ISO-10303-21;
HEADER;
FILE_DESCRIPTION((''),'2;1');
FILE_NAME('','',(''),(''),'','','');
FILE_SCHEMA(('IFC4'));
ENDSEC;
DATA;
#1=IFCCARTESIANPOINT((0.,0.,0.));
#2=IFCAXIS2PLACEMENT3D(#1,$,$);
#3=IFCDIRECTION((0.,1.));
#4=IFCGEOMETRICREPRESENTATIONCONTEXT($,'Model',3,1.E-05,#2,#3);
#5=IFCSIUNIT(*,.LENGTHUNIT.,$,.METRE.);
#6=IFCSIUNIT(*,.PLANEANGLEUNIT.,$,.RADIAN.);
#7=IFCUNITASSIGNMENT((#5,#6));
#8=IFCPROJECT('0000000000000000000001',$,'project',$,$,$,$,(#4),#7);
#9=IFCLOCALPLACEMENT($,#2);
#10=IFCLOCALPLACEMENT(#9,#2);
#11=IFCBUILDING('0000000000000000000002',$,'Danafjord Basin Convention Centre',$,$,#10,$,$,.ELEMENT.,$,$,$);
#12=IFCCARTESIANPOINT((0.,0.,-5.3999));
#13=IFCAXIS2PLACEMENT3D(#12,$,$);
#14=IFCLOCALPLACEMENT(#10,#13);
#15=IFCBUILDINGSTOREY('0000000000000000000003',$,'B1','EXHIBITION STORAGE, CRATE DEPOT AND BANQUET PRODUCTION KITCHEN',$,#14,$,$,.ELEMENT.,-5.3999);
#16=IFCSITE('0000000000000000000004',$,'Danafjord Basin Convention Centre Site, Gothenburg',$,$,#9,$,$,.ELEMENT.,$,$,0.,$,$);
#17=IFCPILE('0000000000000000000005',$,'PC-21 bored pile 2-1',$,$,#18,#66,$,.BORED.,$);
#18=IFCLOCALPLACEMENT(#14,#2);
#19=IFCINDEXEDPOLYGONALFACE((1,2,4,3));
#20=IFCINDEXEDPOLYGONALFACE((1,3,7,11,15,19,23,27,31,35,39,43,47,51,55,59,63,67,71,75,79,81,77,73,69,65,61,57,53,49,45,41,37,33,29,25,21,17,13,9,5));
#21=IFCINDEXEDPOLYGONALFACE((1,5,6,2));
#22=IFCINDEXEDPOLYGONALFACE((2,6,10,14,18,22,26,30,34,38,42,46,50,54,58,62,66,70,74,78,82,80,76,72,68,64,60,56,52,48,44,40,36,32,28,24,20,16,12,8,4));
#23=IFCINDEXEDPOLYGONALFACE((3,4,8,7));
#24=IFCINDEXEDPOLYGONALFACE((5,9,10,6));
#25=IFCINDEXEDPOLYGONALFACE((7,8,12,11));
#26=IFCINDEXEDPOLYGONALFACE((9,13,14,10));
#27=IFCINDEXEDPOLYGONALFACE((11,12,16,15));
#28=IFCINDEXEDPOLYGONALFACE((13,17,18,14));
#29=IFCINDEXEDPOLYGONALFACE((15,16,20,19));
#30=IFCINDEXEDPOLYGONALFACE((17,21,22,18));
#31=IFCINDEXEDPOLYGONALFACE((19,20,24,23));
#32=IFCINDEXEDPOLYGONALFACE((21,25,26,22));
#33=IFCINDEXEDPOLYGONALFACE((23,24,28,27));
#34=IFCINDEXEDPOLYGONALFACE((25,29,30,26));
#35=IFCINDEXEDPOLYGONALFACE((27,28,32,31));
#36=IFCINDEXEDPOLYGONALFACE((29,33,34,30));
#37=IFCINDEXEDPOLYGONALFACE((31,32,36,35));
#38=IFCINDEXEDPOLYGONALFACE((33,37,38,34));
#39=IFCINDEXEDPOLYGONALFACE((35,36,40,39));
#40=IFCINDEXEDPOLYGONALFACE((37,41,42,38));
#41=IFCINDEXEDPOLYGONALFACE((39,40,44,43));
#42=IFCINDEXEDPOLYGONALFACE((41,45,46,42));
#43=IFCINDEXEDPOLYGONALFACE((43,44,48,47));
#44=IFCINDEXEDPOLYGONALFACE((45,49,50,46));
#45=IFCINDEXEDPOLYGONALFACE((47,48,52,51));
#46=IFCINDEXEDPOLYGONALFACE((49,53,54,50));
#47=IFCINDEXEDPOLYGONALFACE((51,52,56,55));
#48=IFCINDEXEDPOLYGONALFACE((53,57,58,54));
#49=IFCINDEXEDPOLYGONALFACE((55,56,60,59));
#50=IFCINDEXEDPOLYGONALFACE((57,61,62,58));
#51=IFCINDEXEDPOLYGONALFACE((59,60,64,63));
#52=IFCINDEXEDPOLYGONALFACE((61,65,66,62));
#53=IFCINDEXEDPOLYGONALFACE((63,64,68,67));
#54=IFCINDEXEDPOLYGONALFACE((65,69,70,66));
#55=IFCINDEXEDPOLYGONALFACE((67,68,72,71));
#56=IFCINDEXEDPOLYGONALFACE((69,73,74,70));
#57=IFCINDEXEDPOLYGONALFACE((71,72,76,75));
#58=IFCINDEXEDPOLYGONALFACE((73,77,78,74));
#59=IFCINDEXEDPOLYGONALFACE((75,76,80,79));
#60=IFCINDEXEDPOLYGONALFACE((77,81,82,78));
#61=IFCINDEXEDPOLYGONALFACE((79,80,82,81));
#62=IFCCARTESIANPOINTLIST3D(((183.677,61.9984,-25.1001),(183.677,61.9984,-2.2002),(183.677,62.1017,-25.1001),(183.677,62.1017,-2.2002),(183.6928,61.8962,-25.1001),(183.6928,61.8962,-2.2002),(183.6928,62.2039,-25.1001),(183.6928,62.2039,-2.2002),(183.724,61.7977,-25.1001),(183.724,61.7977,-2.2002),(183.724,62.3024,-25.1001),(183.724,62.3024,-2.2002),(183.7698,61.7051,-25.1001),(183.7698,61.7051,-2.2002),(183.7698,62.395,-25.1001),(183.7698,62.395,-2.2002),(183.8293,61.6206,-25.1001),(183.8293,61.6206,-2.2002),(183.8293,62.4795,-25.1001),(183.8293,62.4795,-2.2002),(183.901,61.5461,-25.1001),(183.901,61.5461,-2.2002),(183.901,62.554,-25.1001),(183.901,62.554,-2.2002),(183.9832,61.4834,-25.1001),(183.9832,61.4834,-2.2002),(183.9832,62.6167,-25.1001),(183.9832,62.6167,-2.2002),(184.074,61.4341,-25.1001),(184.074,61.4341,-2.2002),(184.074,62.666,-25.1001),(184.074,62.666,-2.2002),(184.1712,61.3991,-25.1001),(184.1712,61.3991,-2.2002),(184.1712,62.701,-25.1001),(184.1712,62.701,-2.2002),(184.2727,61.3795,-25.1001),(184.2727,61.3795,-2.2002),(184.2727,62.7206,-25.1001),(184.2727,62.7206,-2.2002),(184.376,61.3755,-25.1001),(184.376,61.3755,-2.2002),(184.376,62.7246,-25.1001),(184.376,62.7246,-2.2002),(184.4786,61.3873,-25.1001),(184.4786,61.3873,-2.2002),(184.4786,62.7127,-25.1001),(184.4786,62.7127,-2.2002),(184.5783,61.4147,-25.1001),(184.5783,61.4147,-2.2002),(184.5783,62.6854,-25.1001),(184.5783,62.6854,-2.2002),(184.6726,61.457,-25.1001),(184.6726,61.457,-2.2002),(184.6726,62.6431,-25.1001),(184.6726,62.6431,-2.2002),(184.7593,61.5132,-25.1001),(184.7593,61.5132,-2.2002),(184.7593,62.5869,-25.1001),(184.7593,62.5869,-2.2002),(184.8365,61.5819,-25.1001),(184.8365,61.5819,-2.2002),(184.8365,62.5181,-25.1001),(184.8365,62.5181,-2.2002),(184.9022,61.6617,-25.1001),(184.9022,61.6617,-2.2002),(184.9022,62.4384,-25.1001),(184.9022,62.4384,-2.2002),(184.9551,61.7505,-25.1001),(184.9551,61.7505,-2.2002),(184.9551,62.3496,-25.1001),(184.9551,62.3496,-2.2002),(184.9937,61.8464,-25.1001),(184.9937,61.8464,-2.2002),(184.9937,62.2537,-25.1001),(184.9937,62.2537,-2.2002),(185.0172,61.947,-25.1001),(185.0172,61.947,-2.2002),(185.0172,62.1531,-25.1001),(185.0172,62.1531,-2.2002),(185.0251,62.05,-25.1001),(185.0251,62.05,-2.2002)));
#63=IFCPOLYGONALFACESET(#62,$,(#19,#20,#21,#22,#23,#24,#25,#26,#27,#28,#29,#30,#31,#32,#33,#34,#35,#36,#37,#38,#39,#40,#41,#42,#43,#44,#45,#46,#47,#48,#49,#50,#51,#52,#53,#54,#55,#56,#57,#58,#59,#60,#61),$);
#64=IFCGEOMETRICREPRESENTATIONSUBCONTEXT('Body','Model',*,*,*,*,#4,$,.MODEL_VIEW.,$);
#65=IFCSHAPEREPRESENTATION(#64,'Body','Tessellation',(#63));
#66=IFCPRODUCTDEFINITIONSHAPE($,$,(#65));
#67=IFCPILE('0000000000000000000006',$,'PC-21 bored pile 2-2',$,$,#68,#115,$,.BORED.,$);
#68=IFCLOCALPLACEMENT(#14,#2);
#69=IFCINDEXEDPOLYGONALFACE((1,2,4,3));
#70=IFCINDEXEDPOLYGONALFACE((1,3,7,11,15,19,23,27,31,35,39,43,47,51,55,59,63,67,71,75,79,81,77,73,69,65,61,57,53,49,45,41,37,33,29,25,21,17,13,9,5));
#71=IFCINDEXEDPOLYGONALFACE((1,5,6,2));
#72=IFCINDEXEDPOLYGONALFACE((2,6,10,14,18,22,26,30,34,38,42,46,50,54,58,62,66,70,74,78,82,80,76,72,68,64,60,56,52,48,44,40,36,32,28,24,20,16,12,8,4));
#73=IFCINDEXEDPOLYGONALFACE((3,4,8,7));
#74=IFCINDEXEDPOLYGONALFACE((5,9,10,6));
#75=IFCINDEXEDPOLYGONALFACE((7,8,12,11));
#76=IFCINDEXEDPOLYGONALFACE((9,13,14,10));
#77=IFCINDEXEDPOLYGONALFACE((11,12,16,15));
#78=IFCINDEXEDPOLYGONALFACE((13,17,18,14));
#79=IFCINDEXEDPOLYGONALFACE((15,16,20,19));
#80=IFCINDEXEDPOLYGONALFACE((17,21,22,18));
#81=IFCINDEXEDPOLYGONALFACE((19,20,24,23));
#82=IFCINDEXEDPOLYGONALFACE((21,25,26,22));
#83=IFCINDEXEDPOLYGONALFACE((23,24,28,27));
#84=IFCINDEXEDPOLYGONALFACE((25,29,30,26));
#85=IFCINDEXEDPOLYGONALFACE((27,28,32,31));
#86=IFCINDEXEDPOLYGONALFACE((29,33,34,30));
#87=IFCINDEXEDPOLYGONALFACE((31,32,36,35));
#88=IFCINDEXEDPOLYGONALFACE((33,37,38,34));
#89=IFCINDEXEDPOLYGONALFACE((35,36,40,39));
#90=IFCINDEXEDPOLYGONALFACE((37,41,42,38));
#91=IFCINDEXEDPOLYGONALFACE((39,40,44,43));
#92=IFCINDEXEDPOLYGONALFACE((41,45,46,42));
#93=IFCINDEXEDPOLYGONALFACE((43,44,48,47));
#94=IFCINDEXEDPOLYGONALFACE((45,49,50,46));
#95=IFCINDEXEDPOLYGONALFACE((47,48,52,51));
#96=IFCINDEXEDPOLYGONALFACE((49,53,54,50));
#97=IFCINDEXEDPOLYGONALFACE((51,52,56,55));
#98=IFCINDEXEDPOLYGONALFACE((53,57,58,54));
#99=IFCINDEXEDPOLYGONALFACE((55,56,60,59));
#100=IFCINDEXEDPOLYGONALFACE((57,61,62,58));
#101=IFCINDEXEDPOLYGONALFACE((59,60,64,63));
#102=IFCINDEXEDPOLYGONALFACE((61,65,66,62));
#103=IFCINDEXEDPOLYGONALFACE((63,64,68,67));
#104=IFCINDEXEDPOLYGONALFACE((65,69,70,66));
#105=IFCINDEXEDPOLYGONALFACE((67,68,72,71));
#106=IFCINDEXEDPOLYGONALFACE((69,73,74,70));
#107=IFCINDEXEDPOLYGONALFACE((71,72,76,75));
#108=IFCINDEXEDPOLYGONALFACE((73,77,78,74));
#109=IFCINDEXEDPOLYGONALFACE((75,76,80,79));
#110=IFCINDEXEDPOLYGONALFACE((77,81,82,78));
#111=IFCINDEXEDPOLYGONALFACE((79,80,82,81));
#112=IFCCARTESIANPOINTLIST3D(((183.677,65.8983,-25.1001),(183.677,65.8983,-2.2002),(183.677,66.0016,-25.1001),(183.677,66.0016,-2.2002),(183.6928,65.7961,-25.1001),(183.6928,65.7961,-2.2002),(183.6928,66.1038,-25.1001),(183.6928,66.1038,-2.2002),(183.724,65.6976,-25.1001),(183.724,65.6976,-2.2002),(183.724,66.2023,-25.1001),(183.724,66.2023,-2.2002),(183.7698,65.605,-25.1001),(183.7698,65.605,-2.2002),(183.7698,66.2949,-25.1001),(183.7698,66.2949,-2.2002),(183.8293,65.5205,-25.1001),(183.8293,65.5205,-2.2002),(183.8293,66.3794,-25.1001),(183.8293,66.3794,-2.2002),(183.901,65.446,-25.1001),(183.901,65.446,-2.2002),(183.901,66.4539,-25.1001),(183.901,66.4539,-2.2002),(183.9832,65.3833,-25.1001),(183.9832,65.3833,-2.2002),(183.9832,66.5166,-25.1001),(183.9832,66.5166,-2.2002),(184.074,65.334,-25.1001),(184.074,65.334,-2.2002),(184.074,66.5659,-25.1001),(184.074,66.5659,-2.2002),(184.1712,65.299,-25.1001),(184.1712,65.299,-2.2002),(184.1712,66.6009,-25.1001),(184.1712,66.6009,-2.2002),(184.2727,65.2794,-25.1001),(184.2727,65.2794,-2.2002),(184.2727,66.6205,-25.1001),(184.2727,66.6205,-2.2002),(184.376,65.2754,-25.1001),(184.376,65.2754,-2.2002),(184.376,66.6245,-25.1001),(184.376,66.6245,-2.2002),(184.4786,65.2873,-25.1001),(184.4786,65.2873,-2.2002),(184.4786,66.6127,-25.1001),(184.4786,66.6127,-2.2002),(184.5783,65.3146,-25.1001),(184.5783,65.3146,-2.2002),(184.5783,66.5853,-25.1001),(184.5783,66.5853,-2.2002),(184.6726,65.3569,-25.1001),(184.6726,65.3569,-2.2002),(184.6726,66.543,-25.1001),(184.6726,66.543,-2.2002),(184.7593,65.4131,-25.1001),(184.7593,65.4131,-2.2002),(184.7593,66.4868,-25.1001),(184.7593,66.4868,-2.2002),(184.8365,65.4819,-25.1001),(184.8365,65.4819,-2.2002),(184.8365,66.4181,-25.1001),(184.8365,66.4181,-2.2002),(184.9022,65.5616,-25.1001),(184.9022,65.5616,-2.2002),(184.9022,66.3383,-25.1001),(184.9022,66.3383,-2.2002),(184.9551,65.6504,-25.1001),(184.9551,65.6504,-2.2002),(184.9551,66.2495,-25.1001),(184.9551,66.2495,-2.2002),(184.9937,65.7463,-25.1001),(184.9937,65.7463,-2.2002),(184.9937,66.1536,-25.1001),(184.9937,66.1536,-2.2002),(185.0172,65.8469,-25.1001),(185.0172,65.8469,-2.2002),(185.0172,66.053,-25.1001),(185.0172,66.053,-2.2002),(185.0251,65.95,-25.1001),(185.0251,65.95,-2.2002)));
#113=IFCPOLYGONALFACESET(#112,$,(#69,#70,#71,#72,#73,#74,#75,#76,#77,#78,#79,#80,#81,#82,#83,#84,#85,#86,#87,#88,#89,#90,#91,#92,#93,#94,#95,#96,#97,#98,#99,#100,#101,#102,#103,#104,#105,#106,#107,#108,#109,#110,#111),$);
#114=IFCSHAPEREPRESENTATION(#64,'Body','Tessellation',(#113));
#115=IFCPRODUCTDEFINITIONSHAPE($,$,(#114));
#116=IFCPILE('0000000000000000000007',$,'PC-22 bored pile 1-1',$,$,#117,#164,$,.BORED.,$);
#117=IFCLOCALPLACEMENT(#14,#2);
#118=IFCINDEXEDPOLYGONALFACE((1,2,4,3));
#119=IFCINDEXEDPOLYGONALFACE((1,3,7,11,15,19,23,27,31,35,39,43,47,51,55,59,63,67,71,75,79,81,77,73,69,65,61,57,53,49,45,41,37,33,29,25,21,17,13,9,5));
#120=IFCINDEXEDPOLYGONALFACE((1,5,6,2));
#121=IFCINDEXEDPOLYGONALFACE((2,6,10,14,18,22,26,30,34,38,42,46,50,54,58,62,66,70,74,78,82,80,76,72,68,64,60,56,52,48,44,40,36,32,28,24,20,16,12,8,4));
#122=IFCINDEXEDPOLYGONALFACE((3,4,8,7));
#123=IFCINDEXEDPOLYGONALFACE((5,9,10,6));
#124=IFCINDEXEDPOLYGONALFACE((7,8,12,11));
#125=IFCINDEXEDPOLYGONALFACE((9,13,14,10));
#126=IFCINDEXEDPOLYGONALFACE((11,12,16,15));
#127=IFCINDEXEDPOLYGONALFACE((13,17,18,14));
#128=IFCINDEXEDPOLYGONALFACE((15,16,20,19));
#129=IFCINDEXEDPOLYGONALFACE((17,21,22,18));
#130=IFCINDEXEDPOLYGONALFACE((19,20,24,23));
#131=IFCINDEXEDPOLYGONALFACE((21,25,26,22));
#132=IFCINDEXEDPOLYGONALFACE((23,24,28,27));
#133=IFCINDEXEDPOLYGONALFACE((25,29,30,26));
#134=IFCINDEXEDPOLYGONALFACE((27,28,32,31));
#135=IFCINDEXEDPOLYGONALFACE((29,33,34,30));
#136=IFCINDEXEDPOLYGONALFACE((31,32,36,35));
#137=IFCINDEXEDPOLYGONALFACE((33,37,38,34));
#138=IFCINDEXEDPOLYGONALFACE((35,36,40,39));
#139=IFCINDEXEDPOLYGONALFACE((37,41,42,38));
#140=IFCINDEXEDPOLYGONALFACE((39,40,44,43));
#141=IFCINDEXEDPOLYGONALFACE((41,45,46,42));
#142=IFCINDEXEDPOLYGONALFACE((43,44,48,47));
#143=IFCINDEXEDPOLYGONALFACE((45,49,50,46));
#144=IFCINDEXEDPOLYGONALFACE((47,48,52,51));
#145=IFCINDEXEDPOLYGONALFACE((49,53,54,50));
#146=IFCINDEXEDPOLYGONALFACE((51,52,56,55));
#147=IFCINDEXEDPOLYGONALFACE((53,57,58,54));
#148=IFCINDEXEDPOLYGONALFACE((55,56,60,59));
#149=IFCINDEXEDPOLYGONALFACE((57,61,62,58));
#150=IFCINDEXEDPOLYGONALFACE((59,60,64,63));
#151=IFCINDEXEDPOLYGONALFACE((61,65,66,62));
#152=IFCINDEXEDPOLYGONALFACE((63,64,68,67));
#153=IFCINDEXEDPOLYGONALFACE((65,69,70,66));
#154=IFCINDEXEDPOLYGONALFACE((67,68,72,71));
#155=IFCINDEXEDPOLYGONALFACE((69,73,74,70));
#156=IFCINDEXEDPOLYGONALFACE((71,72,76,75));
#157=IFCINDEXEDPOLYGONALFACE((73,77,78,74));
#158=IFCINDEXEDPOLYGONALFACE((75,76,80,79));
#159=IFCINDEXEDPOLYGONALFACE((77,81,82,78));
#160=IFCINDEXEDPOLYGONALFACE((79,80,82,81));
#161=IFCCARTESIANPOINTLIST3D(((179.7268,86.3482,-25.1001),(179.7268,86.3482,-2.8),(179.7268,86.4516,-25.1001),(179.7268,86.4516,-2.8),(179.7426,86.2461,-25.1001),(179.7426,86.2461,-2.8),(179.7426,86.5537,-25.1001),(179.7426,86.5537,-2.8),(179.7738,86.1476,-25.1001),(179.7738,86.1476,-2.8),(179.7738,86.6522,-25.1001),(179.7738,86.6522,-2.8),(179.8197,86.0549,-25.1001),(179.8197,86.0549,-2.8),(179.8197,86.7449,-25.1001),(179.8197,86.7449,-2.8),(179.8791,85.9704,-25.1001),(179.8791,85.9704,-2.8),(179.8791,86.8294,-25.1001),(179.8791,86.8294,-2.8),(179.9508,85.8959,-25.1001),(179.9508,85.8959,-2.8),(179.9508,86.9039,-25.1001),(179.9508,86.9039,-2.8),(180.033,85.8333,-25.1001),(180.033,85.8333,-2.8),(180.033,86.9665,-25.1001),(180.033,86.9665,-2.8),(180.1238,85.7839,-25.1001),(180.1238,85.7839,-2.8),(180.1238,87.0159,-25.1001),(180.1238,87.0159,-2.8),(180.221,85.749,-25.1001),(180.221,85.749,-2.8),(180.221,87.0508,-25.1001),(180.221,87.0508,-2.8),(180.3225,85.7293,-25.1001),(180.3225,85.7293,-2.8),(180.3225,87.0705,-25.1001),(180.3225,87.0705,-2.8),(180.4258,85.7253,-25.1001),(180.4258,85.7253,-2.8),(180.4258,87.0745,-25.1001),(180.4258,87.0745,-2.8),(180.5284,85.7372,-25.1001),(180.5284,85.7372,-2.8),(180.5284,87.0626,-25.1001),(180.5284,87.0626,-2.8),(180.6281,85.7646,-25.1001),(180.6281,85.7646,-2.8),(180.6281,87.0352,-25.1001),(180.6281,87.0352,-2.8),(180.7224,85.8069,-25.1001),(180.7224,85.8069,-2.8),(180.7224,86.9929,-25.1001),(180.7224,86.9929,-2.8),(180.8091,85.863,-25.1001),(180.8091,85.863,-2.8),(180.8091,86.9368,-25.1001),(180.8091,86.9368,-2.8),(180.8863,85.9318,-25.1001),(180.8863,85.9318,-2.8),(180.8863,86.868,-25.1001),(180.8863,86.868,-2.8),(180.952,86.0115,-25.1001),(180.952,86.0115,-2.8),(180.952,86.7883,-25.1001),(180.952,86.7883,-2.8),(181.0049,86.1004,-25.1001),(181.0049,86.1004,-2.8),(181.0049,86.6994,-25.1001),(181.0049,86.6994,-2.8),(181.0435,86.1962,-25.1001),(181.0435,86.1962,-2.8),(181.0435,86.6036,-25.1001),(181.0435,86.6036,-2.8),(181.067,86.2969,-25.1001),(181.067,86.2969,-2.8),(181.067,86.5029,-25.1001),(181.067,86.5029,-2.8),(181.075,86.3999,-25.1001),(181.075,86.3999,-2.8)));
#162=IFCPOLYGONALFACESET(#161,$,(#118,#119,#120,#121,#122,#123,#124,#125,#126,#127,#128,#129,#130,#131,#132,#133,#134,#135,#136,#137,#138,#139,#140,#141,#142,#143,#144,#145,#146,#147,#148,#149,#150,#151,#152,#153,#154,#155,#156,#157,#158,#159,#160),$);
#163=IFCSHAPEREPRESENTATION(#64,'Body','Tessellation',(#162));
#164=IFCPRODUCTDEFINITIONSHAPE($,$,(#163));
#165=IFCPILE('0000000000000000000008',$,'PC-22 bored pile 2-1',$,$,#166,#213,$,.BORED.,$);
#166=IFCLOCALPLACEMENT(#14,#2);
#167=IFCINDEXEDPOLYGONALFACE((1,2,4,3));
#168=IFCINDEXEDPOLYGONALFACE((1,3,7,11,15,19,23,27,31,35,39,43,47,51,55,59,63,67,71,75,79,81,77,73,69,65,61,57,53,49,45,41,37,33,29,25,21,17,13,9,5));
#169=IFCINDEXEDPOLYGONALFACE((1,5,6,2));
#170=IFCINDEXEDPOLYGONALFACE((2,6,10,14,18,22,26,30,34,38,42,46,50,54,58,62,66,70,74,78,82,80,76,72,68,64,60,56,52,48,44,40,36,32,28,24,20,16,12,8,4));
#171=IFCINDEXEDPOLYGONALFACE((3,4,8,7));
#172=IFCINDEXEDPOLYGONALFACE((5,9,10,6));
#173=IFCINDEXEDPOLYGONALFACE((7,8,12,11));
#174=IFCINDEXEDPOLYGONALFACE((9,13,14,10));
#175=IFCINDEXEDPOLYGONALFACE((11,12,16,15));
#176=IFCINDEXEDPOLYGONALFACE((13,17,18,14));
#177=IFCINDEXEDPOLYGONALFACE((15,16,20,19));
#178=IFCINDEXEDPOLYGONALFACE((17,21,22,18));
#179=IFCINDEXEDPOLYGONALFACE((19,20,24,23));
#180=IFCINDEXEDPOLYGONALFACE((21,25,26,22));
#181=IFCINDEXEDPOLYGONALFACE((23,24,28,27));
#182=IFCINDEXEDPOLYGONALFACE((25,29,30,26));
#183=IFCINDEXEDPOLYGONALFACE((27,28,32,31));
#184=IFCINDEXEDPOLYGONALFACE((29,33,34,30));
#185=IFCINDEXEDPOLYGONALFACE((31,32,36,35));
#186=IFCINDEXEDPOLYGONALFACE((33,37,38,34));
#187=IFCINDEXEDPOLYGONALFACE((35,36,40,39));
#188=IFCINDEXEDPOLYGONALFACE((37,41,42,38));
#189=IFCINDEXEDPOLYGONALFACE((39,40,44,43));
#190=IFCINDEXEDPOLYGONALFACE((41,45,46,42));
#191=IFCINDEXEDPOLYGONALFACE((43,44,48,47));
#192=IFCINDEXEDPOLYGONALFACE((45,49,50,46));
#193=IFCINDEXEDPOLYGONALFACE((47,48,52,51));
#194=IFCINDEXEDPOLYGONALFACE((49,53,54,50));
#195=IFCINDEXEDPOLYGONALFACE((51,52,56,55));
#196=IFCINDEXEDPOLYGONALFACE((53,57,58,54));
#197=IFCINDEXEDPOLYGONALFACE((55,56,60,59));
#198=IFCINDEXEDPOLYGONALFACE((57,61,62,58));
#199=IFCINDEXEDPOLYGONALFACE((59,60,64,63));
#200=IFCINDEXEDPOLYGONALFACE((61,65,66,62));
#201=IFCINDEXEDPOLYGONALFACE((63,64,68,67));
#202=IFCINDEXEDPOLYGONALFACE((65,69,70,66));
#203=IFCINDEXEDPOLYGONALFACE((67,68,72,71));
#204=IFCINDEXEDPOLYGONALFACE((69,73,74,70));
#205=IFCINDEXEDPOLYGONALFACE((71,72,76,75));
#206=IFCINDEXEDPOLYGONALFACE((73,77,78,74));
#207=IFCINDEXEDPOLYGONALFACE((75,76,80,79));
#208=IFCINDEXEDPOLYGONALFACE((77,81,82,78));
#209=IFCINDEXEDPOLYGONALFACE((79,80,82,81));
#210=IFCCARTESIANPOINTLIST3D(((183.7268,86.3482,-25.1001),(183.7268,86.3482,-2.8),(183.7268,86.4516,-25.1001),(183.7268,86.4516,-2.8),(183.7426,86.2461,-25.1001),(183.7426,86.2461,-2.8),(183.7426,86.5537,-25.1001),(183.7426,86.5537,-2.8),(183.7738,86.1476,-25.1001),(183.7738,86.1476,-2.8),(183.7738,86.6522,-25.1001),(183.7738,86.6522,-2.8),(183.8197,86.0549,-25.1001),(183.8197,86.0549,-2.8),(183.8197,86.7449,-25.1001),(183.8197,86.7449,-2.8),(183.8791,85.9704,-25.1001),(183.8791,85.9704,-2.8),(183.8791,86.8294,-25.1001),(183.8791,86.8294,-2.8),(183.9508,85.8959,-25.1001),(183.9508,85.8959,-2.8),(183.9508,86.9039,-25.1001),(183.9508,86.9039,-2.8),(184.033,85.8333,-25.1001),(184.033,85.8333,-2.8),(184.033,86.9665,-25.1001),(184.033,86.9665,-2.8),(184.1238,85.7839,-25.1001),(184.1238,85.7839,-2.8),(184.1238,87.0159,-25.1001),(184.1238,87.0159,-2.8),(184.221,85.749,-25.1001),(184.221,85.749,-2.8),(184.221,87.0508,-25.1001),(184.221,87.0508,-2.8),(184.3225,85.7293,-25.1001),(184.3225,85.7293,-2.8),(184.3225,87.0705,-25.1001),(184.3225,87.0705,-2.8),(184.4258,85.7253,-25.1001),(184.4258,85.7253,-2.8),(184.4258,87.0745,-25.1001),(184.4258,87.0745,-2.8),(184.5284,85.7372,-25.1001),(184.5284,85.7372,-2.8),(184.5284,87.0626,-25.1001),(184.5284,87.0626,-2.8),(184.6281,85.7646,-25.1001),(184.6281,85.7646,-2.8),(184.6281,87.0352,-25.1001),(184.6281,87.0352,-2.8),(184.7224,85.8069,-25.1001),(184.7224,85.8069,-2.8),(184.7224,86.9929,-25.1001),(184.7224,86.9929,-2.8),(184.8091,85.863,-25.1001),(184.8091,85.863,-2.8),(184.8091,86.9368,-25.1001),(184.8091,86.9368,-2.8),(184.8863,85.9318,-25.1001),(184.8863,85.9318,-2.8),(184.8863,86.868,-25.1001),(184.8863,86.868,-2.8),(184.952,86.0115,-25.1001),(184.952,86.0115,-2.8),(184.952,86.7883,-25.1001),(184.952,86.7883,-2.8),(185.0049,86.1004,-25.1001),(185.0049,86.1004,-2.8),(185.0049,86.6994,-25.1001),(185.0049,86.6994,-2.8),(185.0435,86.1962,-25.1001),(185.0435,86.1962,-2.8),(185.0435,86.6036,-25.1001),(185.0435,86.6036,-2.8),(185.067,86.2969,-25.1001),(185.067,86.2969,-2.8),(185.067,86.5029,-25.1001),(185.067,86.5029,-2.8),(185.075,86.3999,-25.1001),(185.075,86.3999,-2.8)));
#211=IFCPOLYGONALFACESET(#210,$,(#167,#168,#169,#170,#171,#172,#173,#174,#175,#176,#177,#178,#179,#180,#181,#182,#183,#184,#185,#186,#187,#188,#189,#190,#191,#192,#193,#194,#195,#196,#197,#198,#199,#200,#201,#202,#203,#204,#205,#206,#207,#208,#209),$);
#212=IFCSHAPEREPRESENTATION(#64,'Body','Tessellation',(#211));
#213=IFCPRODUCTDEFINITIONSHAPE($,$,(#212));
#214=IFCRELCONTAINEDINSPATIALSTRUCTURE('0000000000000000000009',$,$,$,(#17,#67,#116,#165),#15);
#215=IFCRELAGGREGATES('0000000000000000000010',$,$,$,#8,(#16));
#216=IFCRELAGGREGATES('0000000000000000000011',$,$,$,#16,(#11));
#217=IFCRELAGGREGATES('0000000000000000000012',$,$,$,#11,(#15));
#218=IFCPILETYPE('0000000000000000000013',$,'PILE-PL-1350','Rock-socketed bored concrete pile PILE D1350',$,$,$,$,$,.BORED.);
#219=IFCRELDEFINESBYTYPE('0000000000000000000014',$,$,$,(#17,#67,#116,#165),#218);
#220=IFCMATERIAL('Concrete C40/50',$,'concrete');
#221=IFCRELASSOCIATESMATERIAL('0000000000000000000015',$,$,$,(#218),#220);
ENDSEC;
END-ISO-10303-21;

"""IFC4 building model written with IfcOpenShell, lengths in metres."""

from ifc_helpers import new_model, si_unit, direction, frame, origin, origin_2d, place, context, subcontext, project, spatial, circle, extrude, material, material_profile, profile_set, type_object, element, save


model = new_model("IFC4")

# Units and contexts
model_context = context("Model", 3, precision=1e-05, world=origin(), true_north=direction((0.0, 1.0)))
body_context = subcontext(model_context, "Body", "Model", "MODEL_VIEW")
ifc_project = project(units=[si_unit("LENGTHUNIT", "METRE"), si_unit("PLANEANGLEUNIT", "RADIAN")], contexts=[model_context])

# Site, building, storey
site_placement = place(None, origin())
site = spatial("IfcSite", under=ifc_project, at=site_placement, Name="Danafjord Basin Convention Centre Site, Gothenburg", CompositionType="ELEMENT", RefElevation=0.0)
building_placement = place(site_placement, origin())
building = spatial("IfcBuilding", under=site, at=building_placement, Name="Danafjord Basin Convention Centre", CompositionType="ELEMENT")
storey_placement = place(building_placement, frame((0.0, 0.0, -5.3999)))
storey = spatial("IfcBuildingStorey", under=building, at=storey_placement, Name="B1", Description="EXHIBITION STORAGE, CRATE DEPOT AND BANQUET PRODUCTION KITCHEN", CompositionType="ELEMENT", Elevation=-5.3999)

# Shared definitions
ifc_material_1 = material(Name="Concrete C40/50", Category="concrete")

# Piles
ifc_material_profile_1 = material_profile(ifc_material_1, circle(Radius=0.675, at=origin_2d()), Name="PILE D1350")
ifc_profile_set_1 = profile_set([ifc_material_profile_1], Name="Concrete C40/50")
pile_type_1 = type_object("IfcPileType", Name="PILE-PL-1350", Description="Rock-socketed bored concrete pile PILE D1350", PredefinedType="BORED", material=ifc_profile_set_1)
for number, where, z_axis, x_axis, name in (
    (1, (184.3501, 62.05, -2.2002), (0.0, 0.0, -1.0), (1.0, 0.0, 0.0), "PC-21 bored pile 2-1"),
    (2, (184.3501, 65.95, -2.2002), (0.0, 0.0, -1.0), (1.0, 0.0, 0.0), "PC-21 bored pile 2-2"),
):
    element("IfcPile", number, at=place(storey_placement, frame(where, z_axis=z_axis, x_axis=x_axis)), inside=storey, type_object=pile_type_1, Name=name, PredefinedType="BORED", context=body_context, shape_type="SweptSolid", body=[
        extrude(circle(Radius=0.675, at=origin_2d()), origin(), (0.0, 0.0, 1.0), 22.8999),
    ])
for number, where, z_axis, x_axis, name in (
    (3, (180.3999, 86.3999, -2.8), (0.0, 0.0, -1.0), (1.0, 0.0, 0.0), "PC-22 bored pile 1-1"),
    (4, (184.3999, 86.3999, -2.8), (0.0, 0.0, -1.0), (1.0, 0.0, 0.0), "PC-22 bored pile 2-1"),
):
    element("IfcPile", number, at=place(storey_placement, frame(where, z_axis=z_axis, x_axis=x_axis)), inside=storey, type_object=pile_type_1, Name=name, PredefinedType="BORED", context=body_context, shape_type="SweptSolid", body=[
        extrude(circle(Radius=0.675, at=origin_2d()), origin(), (0.0, 0.0, 1.0), 22.3),
    ])

save(model, "model.ifc")
